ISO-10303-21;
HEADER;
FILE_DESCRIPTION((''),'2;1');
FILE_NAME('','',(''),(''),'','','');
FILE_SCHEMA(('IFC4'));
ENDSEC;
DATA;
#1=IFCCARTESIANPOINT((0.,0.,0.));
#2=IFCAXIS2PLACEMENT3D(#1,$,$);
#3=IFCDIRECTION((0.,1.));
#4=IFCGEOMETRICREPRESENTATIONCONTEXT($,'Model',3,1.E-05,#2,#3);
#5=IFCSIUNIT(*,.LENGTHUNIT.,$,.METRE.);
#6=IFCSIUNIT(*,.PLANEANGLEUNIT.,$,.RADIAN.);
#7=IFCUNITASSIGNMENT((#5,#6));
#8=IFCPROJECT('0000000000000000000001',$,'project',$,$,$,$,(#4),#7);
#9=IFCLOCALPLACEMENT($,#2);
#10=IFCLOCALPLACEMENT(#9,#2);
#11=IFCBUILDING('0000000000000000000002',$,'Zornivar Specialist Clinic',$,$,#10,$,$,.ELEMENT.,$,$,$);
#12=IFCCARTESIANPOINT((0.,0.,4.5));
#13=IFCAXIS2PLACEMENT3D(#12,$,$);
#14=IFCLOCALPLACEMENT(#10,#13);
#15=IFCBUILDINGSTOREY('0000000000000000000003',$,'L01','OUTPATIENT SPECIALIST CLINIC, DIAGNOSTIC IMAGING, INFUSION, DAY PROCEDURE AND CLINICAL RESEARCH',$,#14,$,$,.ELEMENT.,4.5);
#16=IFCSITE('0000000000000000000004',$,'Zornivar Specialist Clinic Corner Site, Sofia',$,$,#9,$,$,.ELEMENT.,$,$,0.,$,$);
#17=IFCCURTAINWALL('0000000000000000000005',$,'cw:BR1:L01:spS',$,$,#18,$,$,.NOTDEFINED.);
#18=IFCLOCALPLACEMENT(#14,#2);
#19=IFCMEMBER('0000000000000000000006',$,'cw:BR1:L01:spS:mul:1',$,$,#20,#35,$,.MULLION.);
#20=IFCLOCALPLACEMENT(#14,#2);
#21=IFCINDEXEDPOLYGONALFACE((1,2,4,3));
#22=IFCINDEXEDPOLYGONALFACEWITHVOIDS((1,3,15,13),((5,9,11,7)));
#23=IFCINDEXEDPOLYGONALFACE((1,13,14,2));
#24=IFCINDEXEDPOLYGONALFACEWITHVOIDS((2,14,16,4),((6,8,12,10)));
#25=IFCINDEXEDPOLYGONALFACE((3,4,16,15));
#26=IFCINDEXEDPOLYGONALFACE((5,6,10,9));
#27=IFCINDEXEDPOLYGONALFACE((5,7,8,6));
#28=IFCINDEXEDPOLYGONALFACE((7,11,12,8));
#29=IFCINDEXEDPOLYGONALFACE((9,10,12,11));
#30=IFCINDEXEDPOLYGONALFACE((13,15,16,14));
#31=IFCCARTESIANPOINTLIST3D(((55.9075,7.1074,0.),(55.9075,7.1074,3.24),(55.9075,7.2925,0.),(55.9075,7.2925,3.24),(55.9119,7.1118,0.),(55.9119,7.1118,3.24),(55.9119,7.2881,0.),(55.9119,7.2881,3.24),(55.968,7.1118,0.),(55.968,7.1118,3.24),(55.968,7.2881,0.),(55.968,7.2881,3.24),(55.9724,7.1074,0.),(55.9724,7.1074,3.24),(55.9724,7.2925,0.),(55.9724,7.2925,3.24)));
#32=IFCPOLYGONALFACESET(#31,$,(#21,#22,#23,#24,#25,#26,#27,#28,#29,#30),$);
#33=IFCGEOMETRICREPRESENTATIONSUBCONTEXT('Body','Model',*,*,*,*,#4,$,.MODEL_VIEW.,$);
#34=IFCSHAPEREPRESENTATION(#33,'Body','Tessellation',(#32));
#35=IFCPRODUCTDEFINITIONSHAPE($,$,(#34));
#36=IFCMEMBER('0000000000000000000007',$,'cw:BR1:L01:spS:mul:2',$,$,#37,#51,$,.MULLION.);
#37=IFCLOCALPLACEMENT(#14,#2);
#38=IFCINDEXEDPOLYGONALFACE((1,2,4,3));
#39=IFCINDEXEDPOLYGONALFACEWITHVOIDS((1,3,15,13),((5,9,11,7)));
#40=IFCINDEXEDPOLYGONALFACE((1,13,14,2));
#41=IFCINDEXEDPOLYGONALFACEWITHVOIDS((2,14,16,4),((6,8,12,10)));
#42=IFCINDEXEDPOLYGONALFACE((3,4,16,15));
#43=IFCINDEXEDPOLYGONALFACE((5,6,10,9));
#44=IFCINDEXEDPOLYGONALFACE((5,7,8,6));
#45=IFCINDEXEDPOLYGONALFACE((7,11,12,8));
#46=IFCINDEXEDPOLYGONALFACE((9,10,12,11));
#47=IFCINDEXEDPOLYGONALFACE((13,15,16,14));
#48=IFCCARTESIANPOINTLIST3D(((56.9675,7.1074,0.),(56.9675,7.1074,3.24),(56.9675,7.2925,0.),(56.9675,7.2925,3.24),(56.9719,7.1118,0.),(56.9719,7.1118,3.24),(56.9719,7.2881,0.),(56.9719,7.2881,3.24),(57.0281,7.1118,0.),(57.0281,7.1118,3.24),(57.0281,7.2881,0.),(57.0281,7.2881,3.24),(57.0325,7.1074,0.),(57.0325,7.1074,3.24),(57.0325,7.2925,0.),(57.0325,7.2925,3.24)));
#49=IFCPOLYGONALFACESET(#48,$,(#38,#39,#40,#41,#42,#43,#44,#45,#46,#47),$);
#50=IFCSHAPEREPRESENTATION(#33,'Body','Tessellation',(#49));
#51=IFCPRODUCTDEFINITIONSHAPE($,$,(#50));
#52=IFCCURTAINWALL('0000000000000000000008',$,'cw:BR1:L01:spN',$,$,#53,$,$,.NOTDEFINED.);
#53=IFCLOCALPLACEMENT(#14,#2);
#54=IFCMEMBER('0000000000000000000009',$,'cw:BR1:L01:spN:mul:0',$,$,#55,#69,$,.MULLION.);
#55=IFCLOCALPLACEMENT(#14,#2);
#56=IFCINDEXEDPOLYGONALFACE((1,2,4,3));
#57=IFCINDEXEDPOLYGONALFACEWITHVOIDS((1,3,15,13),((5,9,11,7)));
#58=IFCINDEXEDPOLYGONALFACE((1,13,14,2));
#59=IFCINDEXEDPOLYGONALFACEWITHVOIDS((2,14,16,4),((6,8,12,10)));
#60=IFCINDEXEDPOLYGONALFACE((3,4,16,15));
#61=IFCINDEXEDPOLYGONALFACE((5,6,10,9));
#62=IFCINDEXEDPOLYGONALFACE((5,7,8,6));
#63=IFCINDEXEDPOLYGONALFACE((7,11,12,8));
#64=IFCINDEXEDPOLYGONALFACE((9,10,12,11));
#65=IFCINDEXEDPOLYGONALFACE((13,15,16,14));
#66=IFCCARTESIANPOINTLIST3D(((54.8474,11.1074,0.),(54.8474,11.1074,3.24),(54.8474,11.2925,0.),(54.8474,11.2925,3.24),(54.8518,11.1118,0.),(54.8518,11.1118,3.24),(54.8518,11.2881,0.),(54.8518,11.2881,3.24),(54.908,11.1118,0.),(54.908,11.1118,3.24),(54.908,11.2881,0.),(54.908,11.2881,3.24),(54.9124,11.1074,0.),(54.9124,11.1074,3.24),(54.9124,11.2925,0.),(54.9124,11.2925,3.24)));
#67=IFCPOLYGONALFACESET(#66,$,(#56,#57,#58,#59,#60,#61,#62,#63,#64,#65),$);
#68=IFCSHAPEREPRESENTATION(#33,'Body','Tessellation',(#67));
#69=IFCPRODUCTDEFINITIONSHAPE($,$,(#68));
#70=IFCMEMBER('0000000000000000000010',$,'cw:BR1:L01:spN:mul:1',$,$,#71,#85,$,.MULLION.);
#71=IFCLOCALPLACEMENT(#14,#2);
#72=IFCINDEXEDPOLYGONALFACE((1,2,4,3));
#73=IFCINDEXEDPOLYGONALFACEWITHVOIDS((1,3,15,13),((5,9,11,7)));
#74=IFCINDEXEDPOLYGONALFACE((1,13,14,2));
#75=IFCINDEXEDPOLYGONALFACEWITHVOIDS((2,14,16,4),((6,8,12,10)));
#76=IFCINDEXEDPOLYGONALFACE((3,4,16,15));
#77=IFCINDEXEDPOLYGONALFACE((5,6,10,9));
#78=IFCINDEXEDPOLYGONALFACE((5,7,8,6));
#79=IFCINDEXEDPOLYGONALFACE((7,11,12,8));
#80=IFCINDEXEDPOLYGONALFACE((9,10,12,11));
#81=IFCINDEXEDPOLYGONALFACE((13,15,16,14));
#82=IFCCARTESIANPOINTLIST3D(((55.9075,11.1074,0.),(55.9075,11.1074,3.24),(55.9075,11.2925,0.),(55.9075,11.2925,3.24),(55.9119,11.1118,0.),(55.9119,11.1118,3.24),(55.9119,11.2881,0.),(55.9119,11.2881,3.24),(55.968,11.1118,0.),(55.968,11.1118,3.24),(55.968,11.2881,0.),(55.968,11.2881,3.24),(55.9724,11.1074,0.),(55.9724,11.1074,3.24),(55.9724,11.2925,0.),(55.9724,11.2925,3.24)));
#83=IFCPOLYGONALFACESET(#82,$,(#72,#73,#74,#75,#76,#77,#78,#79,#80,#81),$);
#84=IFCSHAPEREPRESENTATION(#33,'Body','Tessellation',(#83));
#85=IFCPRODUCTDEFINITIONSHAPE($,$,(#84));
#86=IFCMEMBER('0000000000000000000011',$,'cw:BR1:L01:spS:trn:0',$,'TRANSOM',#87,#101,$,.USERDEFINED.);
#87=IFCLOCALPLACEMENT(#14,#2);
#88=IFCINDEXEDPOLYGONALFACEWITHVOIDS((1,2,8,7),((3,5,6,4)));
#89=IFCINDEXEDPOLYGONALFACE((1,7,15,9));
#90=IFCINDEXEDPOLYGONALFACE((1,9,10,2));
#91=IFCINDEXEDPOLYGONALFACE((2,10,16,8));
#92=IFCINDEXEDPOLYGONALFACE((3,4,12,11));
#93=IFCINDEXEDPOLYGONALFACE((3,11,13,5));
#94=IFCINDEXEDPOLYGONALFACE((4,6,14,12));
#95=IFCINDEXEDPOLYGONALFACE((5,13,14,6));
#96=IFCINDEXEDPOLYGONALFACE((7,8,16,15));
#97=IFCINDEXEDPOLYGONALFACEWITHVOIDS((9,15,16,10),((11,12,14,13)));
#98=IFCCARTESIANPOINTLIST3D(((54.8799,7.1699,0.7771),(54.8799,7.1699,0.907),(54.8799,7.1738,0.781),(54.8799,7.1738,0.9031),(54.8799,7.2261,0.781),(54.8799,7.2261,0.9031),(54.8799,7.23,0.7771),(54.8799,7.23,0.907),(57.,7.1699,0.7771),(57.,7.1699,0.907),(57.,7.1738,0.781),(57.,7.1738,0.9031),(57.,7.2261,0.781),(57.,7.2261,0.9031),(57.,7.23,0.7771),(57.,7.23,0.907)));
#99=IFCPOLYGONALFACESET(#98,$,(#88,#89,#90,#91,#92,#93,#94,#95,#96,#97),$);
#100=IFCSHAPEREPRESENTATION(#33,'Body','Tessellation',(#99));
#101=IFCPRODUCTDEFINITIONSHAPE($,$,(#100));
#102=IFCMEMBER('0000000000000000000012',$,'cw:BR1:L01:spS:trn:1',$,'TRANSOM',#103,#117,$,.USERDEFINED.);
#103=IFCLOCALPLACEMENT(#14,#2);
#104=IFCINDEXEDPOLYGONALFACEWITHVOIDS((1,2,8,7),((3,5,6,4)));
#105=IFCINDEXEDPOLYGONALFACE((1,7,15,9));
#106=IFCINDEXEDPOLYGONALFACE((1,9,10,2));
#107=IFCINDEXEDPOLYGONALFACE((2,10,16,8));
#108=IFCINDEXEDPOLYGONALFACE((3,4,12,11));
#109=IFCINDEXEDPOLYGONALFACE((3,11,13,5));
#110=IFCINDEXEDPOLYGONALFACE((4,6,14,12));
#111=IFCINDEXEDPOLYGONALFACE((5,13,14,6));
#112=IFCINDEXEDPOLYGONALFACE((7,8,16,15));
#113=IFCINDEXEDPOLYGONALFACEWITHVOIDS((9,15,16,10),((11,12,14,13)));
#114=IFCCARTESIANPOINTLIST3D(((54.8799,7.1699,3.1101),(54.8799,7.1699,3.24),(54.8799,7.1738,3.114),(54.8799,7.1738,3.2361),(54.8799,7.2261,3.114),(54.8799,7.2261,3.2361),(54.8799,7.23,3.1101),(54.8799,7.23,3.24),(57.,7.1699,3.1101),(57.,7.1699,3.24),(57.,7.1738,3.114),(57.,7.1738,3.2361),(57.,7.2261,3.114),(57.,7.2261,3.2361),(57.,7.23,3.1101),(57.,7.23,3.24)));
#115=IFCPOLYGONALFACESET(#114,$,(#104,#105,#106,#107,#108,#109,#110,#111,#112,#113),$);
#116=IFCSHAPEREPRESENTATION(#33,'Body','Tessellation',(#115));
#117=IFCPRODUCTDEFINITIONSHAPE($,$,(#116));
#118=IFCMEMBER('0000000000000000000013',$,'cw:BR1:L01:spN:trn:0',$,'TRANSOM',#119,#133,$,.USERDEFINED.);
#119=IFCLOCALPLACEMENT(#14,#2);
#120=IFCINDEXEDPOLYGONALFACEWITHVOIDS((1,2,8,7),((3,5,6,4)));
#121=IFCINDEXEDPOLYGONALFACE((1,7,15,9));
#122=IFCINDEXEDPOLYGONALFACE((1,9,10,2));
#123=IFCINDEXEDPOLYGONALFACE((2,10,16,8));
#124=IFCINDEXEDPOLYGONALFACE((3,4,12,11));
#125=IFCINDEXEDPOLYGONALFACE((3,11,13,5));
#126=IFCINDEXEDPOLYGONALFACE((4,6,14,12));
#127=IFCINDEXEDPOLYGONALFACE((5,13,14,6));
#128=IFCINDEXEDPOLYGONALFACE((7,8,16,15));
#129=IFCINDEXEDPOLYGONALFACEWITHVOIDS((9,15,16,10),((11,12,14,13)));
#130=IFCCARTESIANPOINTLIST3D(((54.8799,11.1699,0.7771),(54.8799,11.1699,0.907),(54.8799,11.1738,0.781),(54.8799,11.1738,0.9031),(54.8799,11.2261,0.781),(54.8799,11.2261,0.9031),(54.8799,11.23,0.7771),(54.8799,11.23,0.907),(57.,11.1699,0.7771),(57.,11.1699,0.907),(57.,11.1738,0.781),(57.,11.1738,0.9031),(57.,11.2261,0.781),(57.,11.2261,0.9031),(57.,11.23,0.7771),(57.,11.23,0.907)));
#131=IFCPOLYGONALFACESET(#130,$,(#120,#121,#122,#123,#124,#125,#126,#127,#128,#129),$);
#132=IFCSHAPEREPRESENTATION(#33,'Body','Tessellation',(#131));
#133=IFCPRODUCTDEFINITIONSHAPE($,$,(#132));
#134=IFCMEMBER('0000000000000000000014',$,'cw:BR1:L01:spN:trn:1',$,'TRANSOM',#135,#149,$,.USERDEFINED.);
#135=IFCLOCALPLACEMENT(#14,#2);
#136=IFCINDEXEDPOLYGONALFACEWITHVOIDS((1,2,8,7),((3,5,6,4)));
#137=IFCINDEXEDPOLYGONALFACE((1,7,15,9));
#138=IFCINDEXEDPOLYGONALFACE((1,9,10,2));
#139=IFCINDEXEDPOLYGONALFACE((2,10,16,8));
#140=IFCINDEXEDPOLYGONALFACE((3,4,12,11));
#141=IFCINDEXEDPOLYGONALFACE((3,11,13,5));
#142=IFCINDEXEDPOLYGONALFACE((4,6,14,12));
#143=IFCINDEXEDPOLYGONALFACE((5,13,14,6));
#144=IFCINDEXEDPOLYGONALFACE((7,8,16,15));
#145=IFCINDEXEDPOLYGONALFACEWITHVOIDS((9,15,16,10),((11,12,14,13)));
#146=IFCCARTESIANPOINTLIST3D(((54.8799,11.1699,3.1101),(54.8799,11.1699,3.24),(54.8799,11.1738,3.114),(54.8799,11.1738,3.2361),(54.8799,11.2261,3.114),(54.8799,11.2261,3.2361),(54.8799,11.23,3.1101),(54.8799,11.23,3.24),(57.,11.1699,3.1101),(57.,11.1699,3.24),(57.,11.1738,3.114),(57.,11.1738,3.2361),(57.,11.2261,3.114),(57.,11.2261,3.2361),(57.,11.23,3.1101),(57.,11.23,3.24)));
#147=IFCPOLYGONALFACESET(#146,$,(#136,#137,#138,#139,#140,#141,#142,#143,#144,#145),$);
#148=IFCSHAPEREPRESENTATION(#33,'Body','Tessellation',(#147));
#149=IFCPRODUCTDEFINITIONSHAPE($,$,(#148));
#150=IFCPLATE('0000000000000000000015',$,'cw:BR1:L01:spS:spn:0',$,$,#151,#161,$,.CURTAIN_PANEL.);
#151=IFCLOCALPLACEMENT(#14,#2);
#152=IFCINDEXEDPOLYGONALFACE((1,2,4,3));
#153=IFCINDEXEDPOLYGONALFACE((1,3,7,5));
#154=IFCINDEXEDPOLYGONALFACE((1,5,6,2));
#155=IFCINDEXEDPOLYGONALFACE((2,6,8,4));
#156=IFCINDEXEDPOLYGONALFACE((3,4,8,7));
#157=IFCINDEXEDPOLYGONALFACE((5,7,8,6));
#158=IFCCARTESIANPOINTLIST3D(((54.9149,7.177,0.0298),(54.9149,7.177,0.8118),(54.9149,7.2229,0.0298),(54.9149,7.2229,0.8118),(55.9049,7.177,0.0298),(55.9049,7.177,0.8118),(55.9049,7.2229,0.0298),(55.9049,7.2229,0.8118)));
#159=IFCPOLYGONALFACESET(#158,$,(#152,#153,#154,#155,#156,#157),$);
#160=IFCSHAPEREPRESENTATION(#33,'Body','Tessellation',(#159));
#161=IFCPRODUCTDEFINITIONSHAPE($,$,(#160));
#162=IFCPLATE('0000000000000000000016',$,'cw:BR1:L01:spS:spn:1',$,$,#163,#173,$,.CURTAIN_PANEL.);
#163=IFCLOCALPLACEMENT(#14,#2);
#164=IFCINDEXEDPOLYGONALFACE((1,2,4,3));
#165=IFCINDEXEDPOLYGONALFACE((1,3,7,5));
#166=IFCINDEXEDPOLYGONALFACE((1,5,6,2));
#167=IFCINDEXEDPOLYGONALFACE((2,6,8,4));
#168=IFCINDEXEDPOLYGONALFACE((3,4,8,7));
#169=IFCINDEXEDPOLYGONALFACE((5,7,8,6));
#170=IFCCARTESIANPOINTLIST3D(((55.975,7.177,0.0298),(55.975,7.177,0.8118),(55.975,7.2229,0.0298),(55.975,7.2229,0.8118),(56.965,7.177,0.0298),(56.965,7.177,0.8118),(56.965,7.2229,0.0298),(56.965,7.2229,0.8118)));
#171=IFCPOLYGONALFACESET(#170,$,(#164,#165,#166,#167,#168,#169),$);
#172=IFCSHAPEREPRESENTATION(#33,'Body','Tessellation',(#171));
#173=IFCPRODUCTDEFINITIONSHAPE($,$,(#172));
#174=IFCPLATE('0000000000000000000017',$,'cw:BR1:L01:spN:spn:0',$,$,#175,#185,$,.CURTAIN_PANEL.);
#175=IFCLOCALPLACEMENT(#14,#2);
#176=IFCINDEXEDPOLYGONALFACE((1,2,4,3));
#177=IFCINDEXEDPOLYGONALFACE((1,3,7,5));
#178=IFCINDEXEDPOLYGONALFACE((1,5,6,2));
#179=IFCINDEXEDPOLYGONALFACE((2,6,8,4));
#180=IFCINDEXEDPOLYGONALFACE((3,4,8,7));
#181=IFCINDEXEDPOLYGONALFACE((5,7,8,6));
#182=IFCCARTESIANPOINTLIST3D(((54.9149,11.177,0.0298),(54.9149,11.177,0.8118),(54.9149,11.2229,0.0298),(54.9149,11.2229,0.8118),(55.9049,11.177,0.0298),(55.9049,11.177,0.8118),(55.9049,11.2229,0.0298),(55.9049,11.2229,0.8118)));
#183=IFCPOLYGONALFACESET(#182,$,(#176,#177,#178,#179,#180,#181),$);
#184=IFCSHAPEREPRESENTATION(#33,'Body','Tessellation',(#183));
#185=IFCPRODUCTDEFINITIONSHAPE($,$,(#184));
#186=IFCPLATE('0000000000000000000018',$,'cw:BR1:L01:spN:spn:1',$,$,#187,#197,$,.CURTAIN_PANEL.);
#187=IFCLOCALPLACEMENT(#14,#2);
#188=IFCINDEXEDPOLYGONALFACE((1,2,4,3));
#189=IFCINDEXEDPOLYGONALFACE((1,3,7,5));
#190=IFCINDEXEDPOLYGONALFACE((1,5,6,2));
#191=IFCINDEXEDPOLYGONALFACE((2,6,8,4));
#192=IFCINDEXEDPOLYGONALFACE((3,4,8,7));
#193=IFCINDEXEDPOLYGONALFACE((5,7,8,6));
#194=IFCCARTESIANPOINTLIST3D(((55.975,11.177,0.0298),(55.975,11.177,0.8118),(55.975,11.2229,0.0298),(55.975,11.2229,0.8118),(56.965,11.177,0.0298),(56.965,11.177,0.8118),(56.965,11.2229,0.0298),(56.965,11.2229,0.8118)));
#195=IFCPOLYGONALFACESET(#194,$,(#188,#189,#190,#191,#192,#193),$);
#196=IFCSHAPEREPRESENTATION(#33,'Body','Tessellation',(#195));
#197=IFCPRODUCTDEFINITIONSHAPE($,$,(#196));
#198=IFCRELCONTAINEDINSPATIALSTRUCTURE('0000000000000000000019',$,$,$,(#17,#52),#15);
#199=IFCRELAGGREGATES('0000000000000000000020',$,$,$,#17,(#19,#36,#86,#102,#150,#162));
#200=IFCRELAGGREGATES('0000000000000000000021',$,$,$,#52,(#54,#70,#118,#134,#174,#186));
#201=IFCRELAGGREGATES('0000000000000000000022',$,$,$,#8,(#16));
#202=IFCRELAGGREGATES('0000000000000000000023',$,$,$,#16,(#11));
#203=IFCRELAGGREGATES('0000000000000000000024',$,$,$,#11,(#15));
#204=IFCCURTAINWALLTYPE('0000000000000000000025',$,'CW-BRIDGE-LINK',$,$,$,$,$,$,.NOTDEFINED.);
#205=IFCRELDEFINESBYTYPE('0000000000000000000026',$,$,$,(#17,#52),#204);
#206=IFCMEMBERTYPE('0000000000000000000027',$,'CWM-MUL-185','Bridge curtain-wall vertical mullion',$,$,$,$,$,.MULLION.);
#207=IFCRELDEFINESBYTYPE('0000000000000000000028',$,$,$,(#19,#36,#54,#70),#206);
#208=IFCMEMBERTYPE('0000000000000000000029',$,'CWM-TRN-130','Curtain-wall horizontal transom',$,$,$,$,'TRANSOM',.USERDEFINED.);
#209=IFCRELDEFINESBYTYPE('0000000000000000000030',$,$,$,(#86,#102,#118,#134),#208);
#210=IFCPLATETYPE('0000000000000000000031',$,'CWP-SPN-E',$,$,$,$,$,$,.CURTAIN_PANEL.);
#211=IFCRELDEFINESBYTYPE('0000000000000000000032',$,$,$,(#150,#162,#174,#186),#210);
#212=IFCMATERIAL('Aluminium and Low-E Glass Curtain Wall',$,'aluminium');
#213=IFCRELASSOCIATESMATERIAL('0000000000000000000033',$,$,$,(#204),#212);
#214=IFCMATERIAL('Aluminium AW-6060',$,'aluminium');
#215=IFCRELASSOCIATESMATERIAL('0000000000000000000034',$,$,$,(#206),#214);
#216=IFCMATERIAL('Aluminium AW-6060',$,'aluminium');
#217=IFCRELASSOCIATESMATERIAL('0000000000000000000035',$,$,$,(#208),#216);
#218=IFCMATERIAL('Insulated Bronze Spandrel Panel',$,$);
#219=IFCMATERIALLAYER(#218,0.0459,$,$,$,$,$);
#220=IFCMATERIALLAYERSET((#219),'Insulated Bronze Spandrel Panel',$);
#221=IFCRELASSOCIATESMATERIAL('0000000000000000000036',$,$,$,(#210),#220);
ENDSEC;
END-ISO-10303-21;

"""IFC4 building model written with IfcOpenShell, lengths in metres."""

from ifc_helpers import new_model, si_unit, direction, frame, origin, origin_2d, place, context, subcontext, project, spatial, rectangle, hollow_rectangle, extrude, material, layer, layer_set, material_profile, profile_set, type_object, element, aggregate, save


model = new_model("IFC4")

# Units and contexts
model_context = context("Model", 3, precision=1e-05, world=origin(), true_north=direction((0.0, 1.0)))
body_context = subcontext(model_context, "Body", "Model", "MODEL_VIEW")
ifc_project = project(units=[si_unit("LENGTHUNIT", "METRE"), si_unit("PLANEANGLEUNIT", "RADIAN")], contexts=[model_context])

# Site, building, storey
site_placement = place(None, origin())
site = spatial("IfcSite", under=ifc_project, at=site_placement, Name="Zornivar Specialist Clinic Corner Site, Sofia", CompositionType="ELEMENT", RefElevation=0.0)
building_placement = place(site_placement, origin())
building = spatial("IfcBuilding", under=site, at=building_placement, Name="Zornivar Specialist Clinic", CompositionType="ELEMENT")
storey_placement = place(building_placement, frame((0.0, 0.0, 4.5)))
storey = spatial("IfcBuildingStorey", under=building, at=storey_placement, Name="L01", Description="OUTPATIENT SPECIALIST CLINIC, DIAGNOSTIC IMAGING, INFUSION, DAY PROCEDURE AND CLINICAL RESEARCH", CompositionType="ELEMENT", Elevation=4.5)

# Curtain walls, members
ifc_material_1 = material(Name="Aluminium and Low-E Glass Curtain Wall", Category="aluminium")
curtain_wall_type = type_object("IfcCurtainWallType", Name="CW-BRIDGE-LINK", PredefinedType="NOTDEFINED", material=ifc_material_1)
curtain_wall_1_placement = place(storey_placement, origin())
curtain_wall_1 = element("IfcCurtainWall", 1, at=curtain_wall_1_placement, inside=storey, type_object=curtain_wall_type, Name="cw:BR1:L01:spS", PredefinedType="NOTDEFINED")
ifc_material_2 = material(Name="Aluminium AW-6060", Category="aluminium")
ifc_material_profile_1 = material_profile(ifc_material_2, hollow_rectangle(XDim=0.0649, YDim=0.1851, WallThickness=0.0044, at=origin_2d()), Name="ALU 65x185x4.5")
ifc_profile_set_1 = profile_set([ifc_material_profile_1], Name="Aluminium AW-6060")
member_type_1 = type_object("IfcMemberType", Name="CWM-MUL-185", Description="Bridge curtain-wall vertical mullion", PredefinedType="MULLION", material=ifc_profile_set_1)
member_1_placement = place(storey_placement, frame((55.9399, 7.2, 0.0), z_axis=(0.0, 0.0, 1.0), x_axis=(1.0, 0.0, 0.0)))
member_1 = element("IfcMember", 2, at=member_1_placement, type_object=member_type_1, Name="cw:BR1:L01:spS:mul:1", PredefinedType="MULLION", context=body_context, shape_type="SweptSolid", body=[
    extrude(hollow_rectangle(XDim=0.0649, YDim=0.1851, WallThickness=0.0044, at=origin_2d()), origin(), (0.0, 0.0, 1.0), 3.24),
])
member_2_placement = place(storey_placement, frame((57.0, 7.2, 0.0), z_axis=(0.0, 0.0, 1.0), x_axis=(1.0, 0.0, 0.0)))
member_2 = element("IfcMember", 3, at=member_2_placement, type_object=member_type_1, Name="cw:BR1:L01:spS:mul:2", PredefinedType="MULLION", context=body_context, shape_type="SweptSolid", body=[
    extrude(hollow_rectangle(XDim=0.0649, YDim=0.1851, WallThickness=0.0044, at=origin_2d()), origin(), (0.0, 0.0, 1.0), 3.24),
])
curtain_wall_2_placement = place(storey_placement, origin())
curtain_wall_2 = element("IfcCurtainWall", 4, at=curtain_wall_2_placement, inside=storey, type_object=curtain_wall_type, Name="cw:BR1:L01:spN", PredefinedType="NOTDEFINED")
member_3_placement = place(storey_placement, frame((54.8799, 11.2, 0.0), z_axis=(0.0, 0.0, 1.0), x_axis=(1.0, 0.0, 0.0)))
member_3 = element("IfcMember", 5, at=member_3_placement, type_object=member_type_1, Name="cw:BR1:L01:spN:mul:0", PredefinedType="MULLION", context=body_context, shape_type="SweptSolid", body=[
    extrude(hollow_rectangle(XDim=0.0649, YDim=0.1851, WallThickness=0.0044, at=origin_2d()), origin(), (0.0, 0.0, 1.0), 3.24),
])
member_4_placement = place(storey_placement, frame((55.9399, 11.2, 0.0), z_axis=(0.0, 0.0, 1.0), x_axis=(1.0, 0.0, 0.0)))
member_4 = element("IfcMember", 6, at=member_4_placement, type_object=member_type_1, Name="cw:BR1:L01:spN:mul:1", PredefinedType="MULLION", context=body_context, shape_type="SweptSolid", body=[
    extrude(hollow_rectangle(XDim=0.0649, YDim=0.1851, WallThickness=0.0044, at=origin_2d()), origin(), (0.0, 0.0, 1.0), 3.24),
])

# Members
ifc_material_3 = material(Name="Aluminium AW-6060", Category="aluminium")
ifc_material_profile_2 = material_profile(ifc_material_3, hollow_rectangle(XDim=0.0601, YDim=0.1299, WallThickness=0.0039, at=origin_2d()), Name="ALU 60x130x4")
ifc_profile_set_2 = profile_set([ifc_material_profile_2], Name="Aluminium AW-6060")
member_type_2 = type_object("IfcMemberType", Name="CWM-TRN-130", Description="Curtain-wall horizontal transom", ElementType="TRANSOM", PredefinedType="USERDEFINED", material=ifc_profile_set_2)
member_5_placement = place(storey_placement, frame((54.8799, 7.2, 0.842), z_axis=(1.0, 0.0, 0.0), x_axis=(0.0, 1.0, 0.0)))
member_5 = element("IfcMember", 7, at=member_5_placement, type_object=member_type_2, Name="cw:BR1:L01:spS:trn:0", ObjectType="TRANSOM", PredefinedType="USERDEFINED", context=body_context, shape_type="SweptSolid", body=[
    extrude(hollow_rectangle(XDim=0.0601, YDim=0.1299, WallThickness=0.0039, at=origin_2d()), origin(), (0.0, 0.0, 1.0), 2.1201),
])
member_6_placement = place(storey_placement, frame((54.8799, 7.2, 3.175), z_axis=(1.0, 0.0, 0.0), x_axis=(0.0, 1.0, 0.0)))
member_6 = element("IfcMember", 8, at=member_6_placement, type_object=member_type_2, Name="cw:BR1:L01:spS:trn:1", ObjectType="TRANSOM", PredefinedType="USERDEFINED", context=body_context, shape_type="SweptSolid", body=[
    extrude(hollow_rectangle(XDim=0.0601, YDim=0.1299, WallThickness=0.0039, at=origin_2d()), origin(), (0.0, 0.0, 1.0), 2.1201),
])
member_7_placement = place(storey_placement, frame((54.8799, 11.2, 0.842), z_axis=(1.0, 0.0, 0.0), x_axis=(0.0, 1.0, 0.0)))
member_7 = element("IfcMember", 9, at=member_7_placement, type_object=member_type_2, Name="cw:BR1:L01:spN:trn:0", ObjectType="TRANSOM", PredefinedType="USERDEFINED", context=body_context, shape_type="SweptSolid", body=[
    extrude(hollow_rectangle(XDim=0.0601, YDim=0.1299, WallThickness=0.0039, at=origin_2d()), origin(), (0.0, 0.0, 1.0), 2.1201),
])
member_8_placement = place(storey_placement, frame((54.8799, 11.2, 3.175), z_axis=(1.0, 0.0, 0.0), x_axis=(0.0, 1.0, 0.0)))
member_8 = element("IfcMember", 10, at=member_8_placement, type_object=member_type_2, Name="cw:BR1:L01:spN:trn:1", ObjectType="TRANSOM", PredefinedType="USERDEFINED", context=body_context, shape_type="SweptSolid", body=[
    extrude(hollow_rectangle(XDim=0.0601, YDim=0.1299, WallThickness=0.0039, at=origin_2d()), origin(), (0.0, 0.0, 1.0), 2.1201),
])

# Plates
ifc_material_4 = material(Name="Insulated Bronze Spandrel Panel")
ifc_layer_1 = layer(ifc_material_4, 0.0459)
ifc_layer_set_1 = layer_set([ifc_layer_1], Name="Insulated Bronze Spandrel Panel")
plate_type_1 = type_object("IfcPlateType", Name="CWP-SPN-E", PredefinedType="CURTAIN_PANEL", material=ifc_layer_set_1)
plate_1_placement = place(storey_placement, frame((55.4099, 7.2, 0.0298), z_axis=(0.0, 0.0, 1.0), x_axis=(1.0, 0.0, 0.0)))
plate_1 = element("IfcPlate", 11, at=plate_1_placement, type_object=plate_type_1, Name="cw:BR1:L01:spS:spn:0", PredefinedType="CURTAIN_PANEL", context=body_context, shape_type="SweptSolid", body=[
    extrude(rectangle(XDim=0.99, YDim=0.0459, at=origin_2d()), origin(), (0.0, 0.0, 1.0), 0.782),
])
plate_2_placement = place(storey_placement, frame((56.47, 7.2, 0.0298), z_axis=(0.0, 0.0, 1.0), x_axis=(1.0, 0.0, 0.0)))
plate_2 = element("IfcPlate", 12, at=plate_2_placement, type_object=plate_type_1, Name="cw:BR1:L01:spS:spn:1", PredefinedType="CURTAIN_PANEL", context=body_context, shape_type="SweptSolid", body=[
    extrude(rectangle(XDim=0.99, YDim=0.0459, at=origin_2d()), origin(), (0.0, 0.0, 1.0), 0.782),
])
plate_3_placement = place(storey_placement, frame((55.4099, 11.2, 0.0298), z_axis=(0.0, 0.0, 1.0), x_axis=(1.0, 0.0, 0.0)))
plate_3 = element("IfcPlate", 13, at=plate_3_placement, type_object=plate_type_1, Name="cw:BR1:L01:spN:spn:0", PredefinedType="CURTAIN_PANEL", context=body_context, shape_type="SweptSolid", body=[
    extrude(rectangle(XDim=0.99, YDim=0.0459, at=origin_2d()), origin(), (0.0, 0.0, 1.0), 0.782),
])
plate_4_placement = place(storey_placement, frame((56.47, 11.2, 0.0298), z_axis=(0.0, 0.0, 1.0), x_axis=(1.0, 0.0, 0.0)))
plate_4 = element("IfcPlate", 14, at=plate_4_placement, type_object=plate_type_1, Name="cw:BR1:L01:spN:spn:1", PredefinedType="CURTAIN_PANEL", context=body_context, shape_type="SweptSolid", body=[
    extrude(rectangle(XDim=0.99, YDim=0.0459, at=origin_2d()), origin(), (0.0, 0.0, 1.0), 0.782),
])
aggregate(curtain_wall_1, [member_1, member_2, member_5, member_6, plate_1, plate_2])
aggregate(curtain_wall_2, [member_3, member_4, member_7, member_8, plate_3, plate_4])

save(model, "model.ifc")
